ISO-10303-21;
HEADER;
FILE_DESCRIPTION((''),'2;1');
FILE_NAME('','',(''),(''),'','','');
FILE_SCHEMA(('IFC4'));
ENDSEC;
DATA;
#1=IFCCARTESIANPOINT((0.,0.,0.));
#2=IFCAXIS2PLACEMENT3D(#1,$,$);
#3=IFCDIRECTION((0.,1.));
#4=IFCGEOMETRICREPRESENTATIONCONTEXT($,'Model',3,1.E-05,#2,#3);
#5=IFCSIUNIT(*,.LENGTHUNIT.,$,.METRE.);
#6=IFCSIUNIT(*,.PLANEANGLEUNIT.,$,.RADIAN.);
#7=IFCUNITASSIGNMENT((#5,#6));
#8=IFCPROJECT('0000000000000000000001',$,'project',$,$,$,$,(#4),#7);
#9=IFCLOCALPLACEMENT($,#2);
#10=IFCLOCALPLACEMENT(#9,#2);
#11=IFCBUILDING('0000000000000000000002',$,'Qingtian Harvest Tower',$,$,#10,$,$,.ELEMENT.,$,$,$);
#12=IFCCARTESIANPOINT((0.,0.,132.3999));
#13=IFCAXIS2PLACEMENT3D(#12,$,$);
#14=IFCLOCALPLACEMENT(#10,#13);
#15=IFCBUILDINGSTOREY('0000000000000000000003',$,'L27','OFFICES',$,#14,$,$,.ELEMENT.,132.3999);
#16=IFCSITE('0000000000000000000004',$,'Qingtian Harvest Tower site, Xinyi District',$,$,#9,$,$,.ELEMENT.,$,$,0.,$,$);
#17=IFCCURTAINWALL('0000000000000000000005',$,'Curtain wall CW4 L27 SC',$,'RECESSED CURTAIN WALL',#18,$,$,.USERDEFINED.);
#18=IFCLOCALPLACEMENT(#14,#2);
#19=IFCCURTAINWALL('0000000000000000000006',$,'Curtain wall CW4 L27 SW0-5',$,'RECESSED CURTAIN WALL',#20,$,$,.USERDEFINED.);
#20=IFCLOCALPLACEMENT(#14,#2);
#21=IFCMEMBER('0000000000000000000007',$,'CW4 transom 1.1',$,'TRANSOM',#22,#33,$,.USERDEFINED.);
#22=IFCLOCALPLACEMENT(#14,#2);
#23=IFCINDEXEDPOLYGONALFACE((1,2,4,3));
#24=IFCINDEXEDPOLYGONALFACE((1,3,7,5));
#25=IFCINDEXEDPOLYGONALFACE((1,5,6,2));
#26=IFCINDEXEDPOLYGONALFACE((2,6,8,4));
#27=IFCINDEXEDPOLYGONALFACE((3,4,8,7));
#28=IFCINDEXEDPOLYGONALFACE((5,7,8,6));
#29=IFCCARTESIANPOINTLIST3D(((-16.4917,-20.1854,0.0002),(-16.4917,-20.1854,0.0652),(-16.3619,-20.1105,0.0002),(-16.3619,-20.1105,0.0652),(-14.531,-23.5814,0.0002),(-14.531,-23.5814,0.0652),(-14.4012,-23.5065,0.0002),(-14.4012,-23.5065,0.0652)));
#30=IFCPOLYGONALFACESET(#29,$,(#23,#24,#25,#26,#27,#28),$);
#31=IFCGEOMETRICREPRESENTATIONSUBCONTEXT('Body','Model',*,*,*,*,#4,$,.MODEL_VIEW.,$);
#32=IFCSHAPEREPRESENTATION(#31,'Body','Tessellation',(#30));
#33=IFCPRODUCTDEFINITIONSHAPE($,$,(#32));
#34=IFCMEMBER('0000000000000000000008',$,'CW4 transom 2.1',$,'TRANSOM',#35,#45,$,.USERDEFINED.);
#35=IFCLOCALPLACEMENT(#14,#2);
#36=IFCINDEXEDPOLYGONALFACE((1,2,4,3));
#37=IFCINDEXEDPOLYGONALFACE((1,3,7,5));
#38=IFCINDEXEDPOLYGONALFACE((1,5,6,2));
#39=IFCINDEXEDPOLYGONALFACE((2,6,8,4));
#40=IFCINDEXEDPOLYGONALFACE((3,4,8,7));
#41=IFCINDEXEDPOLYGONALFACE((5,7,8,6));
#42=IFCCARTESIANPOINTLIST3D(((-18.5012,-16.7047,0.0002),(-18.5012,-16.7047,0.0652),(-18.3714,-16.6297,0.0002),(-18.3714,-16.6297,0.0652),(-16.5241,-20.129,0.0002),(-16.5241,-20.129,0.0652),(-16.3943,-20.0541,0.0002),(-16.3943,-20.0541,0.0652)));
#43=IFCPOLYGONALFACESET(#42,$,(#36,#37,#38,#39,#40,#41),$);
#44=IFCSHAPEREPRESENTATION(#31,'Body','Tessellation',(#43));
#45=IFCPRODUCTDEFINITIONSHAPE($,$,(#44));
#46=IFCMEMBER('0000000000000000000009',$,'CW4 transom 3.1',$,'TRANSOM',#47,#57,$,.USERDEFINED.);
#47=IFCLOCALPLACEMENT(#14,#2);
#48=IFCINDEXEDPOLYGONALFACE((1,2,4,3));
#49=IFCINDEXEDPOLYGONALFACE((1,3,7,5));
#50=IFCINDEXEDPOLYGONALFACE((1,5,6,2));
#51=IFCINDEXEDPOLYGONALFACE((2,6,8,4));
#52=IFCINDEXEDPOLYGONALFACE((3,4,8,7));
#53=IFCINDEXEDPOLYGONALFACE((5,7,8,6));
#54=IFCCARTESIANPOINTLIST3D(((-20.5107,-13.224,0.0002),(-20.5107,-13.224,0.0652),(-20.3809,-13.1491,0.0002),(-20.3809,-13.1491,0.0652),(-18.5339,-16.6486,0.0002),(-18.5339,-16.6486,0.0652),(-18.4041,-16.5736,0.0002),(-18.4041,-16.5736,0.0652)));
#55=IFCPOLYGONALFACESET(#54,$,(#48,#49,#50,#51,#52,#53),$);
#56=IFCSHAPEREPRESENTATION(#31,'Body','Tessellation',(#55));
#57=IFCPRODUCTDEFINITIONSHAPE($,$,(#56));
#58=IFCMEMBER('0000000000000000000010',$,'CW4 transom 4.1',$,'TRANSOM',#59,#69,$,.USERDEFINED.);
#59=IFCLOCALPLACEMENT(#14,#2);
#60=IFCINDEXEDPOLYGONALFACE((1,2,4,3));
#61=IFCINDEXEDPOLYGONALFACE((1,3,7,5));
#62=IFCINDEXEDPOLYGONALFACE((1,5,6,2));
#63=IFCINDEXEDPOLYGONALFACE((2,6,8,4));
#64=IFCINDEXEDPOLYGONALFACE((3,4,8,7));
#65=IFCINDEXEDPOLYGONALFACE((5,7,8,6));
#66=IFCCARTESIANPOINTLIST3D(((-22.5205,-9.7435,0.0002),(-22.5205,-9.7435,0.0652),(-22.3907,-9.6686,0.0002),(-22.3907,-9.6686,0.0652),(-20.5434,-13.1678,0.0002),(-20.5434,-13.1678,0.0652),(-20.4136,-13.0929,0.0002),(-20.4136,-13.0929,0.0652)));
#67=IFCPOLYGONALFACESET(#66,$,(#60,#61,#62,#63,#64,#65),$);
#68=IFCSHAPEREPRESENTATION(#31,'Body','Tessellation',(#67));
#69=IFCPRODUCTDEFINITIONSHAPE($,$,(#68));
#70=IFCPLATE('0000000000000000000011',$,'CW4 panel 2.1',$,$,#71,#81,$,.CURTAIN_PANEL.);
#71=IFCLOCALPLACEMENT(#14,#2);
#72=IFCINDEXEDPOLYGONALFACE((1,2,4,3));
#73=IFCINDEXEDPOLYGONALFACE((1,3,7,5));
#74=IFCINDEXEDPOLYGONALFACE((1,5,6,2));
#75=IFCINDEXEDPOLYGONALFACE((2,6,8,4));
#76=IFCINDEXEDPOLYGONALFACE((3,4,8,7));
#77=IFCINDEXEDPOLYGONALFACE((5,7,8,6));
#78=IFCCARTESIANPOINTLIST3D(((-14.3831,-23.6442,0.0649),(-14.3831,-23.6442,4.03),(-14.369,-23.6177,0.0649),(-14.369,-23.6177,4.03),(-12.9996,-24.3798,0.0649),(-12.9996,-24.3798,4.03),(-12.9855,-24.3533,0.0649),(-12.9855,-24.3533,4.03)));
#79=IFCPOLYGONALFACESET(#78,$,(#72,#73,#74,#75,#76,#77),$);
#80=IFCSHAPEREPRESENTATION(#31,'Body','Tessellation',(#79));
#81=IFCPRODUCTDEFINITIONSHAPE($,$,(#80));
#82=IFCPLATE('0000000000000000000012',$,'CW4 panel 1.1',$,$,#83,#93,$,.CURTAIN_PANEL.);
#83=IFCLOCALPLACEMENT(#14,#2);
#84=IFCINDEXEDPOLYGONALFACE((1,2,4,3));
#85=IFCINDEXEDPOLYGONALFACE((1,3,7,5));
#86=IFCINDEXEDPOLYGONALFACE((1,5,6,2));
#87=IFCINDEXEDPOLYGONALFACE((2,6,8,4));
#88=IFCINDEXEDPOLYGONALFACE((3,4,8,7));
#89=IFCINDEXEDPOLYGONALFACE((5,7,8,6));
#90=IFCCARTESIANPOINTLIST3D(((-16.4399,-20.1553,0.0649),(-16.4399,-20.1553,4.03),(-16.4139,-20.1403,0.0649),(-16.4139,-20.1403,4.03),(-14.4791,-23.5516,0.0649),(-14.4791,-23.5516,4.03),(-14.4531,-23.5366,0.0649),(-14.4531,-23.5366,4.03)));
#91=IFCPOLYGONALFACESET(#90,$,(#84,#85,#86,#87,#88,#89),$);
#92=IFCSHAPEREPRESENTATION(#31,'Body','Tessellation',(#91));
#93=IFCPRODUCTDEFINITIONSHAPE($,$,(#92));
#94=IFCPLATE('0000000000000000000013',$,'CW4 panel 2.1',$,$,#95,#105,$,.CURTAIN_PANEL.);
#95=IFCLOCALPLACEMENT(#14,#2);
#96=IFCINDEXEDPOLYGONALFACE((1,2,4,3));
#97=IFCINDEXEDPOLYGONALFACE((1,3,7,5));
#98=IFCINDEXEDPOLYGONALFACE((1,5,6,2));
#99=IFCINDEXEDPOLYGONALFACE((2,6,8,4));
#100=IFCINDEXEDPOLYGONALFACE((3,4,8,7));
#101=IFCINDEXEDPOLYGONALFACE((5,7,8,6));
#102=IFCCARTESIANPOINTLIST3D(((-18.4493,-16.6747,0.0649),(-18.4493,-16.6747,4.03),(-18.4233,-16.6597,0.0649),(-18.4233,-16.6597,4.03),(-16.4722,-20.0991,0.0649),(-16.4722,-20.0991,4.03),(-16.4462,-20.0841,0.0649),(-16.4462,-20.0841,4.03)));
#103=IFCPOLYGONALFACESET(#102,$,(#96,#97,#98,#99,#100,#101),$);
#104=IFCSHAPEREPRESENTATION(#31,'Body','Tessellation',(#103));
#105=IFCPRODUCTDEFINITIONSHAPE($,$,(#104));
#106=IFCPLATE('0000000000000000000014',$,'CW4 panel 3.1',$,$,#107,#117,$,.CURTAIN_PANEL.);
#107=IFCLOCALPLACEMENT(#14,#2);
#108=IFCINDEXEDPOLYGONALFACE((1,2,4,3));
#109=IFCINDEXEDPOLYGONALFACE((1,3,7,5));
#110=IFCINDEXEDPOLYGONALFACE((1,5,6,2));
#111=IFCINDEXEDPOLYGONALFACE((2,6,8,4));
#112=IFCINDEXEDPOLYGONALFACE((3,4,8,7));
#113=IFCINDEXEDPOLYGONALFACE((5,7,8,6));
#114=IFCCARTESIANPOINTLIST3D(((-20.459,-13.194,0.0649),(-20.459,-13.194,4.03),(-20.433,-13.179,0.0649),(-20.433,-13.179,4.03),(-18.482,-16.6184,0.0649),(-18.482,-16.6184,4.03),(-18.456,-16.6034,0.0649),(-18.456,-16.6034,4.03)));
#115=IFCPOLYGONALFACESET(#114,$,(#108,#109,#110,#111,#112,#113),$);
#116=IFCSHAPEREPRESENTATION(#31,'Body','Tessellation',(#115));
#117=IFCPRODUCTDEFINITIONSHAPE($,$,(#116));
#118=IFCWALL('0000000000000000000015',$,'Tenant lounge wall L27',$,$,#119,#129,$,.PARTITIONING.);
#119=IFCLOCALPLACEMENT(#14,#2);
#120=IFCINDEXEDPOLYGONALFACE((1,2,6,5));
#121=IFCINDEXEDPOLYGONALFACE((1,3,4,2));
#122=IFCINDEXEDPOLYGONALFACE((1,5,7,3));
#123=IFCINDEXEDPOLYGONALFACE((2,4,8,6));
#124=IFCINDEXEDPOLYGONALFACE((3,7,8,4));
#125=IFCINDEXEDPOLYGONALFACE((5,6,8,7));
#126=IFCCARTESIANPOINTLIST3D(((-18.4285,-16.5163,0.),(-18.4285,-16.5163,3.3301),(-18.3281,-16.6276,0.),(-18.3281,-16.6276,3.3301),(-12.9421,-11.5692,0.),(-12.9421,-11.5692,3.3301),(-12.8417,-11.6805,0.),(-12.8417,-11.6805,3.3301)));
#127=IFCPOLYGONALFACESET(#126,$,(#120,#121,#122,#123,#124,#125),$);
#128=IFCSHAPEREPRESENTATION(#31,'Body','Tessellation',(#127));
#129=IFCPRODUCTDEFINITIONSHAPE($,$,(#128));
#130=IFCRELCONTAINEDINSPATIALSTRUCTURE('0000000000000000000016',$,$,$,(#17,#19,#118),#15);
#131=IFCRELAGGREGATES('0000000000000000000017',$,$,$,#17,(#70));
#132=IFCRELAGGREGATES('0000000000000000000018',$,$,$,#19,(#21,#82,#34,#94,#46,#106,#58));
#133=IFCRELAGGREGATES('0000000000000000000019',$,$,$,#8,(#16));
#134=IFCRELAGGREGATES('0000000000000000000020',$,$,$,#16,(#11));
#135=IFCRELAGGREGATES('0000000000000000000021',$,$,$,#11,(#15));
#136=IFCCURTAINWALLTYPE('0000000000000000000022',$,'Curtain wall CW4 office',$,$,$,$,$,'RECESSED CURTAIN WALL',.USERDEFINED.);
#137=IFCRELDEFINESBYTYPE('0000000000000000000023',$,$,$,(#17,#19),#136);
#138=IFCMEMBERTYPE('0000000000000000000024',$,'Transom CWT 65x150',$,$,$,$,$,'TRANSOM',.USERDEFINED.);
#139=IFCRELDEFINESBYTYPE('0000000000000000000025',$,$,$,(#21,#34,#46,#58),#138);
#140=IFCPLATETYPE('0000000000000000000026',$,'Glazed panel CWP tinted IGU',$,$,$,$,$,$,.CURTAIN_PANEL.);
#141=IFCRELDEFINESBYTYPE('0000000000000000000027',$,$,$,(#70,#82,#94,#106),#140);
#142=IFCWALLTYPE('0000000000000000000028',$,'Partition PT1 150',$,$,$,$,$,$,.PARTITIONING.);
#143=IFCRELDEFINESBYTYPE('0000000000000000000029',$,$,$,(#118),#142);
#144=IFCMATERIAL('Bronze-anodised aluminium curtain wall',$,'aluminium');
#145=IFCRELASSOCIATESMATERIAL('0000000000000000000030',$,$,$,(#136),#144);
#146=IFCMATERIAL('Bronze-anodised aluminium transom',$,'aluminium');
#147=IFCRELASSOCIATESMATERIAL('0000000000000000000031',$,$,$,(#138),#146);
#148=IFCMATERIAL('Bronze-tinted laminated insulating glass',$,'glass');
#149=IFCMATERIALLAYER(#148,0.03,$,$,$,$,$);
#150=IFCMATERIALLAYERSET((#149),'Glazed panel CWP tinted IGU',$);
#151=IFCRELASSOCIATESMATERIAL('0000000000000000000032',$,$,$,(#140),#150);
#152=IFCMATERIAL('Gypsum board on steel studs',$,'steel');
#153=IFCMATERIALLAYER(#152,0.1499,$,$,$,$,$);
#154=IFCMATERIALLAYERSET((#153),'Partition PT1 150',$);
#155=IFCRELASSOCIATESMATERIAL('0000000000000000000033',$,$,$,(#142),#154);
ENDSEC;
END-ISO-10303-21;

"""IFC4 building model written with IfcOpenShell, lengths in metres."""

from ifc_helpers import new_model, si_unit, direction, frame, frame_2d, origin, origin_2d, place, context, subcontext, project, spatial, rectangle, extrude, material, layer, layer_set, material_profile, profile_set, type_object, element, aggregate, save


model = new_model("IFC4")

# Units and contexts
model_context = context("Model", 3, precision=1e-05, world=origin(), true_north=direction((0.0, 1.0)))
body_context = subcontext(model_context, "Body", "Model", "MODEL_VIEW")
ifc_project = project(units=[si_unit("LENGTHUNIT", "METRE"), si_unit("PLANEANGLEUNIT", "RADIAN")], contexts=[model_context])

# Site, building, storey
site_placement = place(None, origin())
site = spatial("IfcSite", under=ifc_project, at=site_placement, Name="Qingtian Harvest Tower site, Xinyi District", CompositionType="ELEMENT", RefElevation=0.0)
building_placement = place(site_placement, origin())
building = spatial("IfcBuilding", under=site, at=building_placement, Name="Qingtian Harvest Tower", CompositionType="ELEMENT")
storey_placement = place(building_placement, frame((0.0, 0.0, 132.3999)))
storey = spatial("IfcBuildingStorey", under=building, at=storey_placement, Name="L27", Description="OFFICES", CompositionType="ELEMENT", Elevation=132.3999)

# Curtain wall
ifc_material_1 = material(Name="Bronze-anodised aluminium curtain wall", Category="aluminium")
curtain_wall_type = type_object("IfcCurtainWallType", Name="Curtain wall CW4 office", ElementType="RECESSED CURTAIN WALL", PredefinedType="USERDEFINED", material=ifc_material_1)
curtain_wall_1_placement = place(storey_placement, origin())
curtain_wall_1 = element("IfcCurtainWall", 1, at=curtain_wall_1_placement, inside=storey, type_object=curtain_wall_type, Name="Curtain wall CW4 L27 SC", ObjectType="RECESSED CURTAIN WALL", PredefinedType="USERDEFINED")

# Curtain wall
curtain_wall_2_placement = place(storey_placement, origin())
curtain_wall_2 = element("IfcCurtainWall", 2, at=curtain_wall_2_placement, inside=storey, type_object=curtain_wall_type, Name="Curtain wall CW4 L27 SW0-5", ObjectType="RECESSED CURTAIN WALL", PredefinedType="USERDEFINED")

# Members
ifc_material_2 = material(Name="Bronze-anodised aluminium transom", Category="aluminium")
ifc_material_profile_1 = material_profile(ifc_material_2, rectangle(XDim=0.1499, YDim=0.0649, at=origin_2d()), Name="AL 65x150")
ifc_profile_set_1 = profile_set([ifc_material_profile_1], Name="Bronze-anodised aluminium transom")
member_type_1 = type_object("IfcMemberType", Name="Transom CWT 65x150", ElementType="TRANSOM", PredefinedType="USERDEFINED", material=ifc_profile_set_1)
member_1_placement = place(storey_placement, frame((-14.4661, -23.5439, 0.0327), z_axis=(-0.500003, 0.866024, 0.0), x_axis=(-0.866024, -0.500003, 0.0)))
member_1 = element("IfcMember", 3, at=member_1_placement, type_object=member_type_1, Name="CW4 transom 1.1", ObjectType="TRANSOM", PredefinedType="USERDEFINED", context=body_context, shape_type="SweptSolid", body=[
    extrude(rectangle(XDim=0.1499, YDim=0.0649, at=origin_2d()), origin(), (0.0, 0.0, 1.0), 3.9214),
])
member_2_placement = place(storey_placement, frame((-16.4592, -20.0916, 0.0327), z_axis=(-0.500004, 0.866023, 0.0), x_axis=(-0.866023, -0.500004, 0.0)))
member_2 = element("IfcMember", 4, at=member_2_placement, type_object=member_type_1, Name="CW4 transom 2.1", ObjectType="TRANSOM", PredefinedType="USERDEFINED", context=body_context, shape_type="SweptSolid", body=[
    extrude(rectangle(XDim=0.1499, YDim=0.0649, at=origin_2d()), origin(), (0.0, 0.0, 1.0), 3.9541),
])
member_3_placement = place(storey_placement, frame((-18.469, -16.6111, 0.0327), z_axis=(-0.499931, 0.866065, 0.0), x_axis=(-0.866065, -0.499931, 0.0)))
member_3 = element("IfcMember", 5, at=member_3_placement, type_object=member_type_1, Name="CW4 transom 3.1", ObjectType="TRANSOM", PredefinedType="USERDEFINED", context=body_context, shape_type="SweptSolid", body=[
    extrude(rectangle(XDim=0.1499, YDim=0.0649, at=origin_2d()), origin(), (0.0, 0.0, 1.0), 3.9541),
])
member_4_placement = place(storey_placement, frame((-20.4785, -13.1304, 0.0327), z_axis=(-0.500004, 0.866023, 0.0), x_axis=(-0.866023, -0.500004, 0.0)))
member_4 = element("IfcMember", 6, at=member_4_placement, type_object=member_type_1, Name="CW4 transom 4.1", ObjectType="TRANSOM", PredefinedType="USERDEFINED", context=body_context, shape_type="SweptSolid", body=[
    extrude(rectangle(XDim=0.1499, YDim=0.0649, at=origin_2d()), origin(), (0.0, 0.0, 1.0), 3.9541),
])

# Plates
ifc_material_3 = material(Name="Bronze-tinted laminated insulating glass", Category="glass")
ifc_layer_1 = layer(ifc_material_3, 0.03)
ifc_layer_set_1 = layer_set([ifc_layer_1], Name="Glazed panel CWP tinted IGU")
plate_type = type_object("IfcPlateType", Name="Glazed panel CWP tinted IGU", PredefinedType="CURTAIN_PANEL", material=ifc_layer_set_1)
plate_1_placement = place(storey_placement, frame((-13.6843, -23.9988, 0.0649), z_axis=(0.0, 0.0, 1.0), x_axis=(-0.882948, 0.469472, 0.0)))
plate_1 = element("IfcPlate", 7, at=plate_1_placement, type_object=plate_type, Name="CW4 panel 2.1", PredefinedType="CURTAIN_PANEL", context=body_context, shape_type="SweptSolid", body=[
    extrude(rectangle(XDim=1.5669, YDim=0.03, at=origin_2d()), origin(), (0.0, 0.0, 1.0), 3.9651),
])
aggregate(curtain_wall_1, [plate_1])
plate_2_placement = place(storey_placement, frame((-15.4465, -21.8459, 0.0649), z_axis=(0.0, 0.0, 1.0), x_axis=(-0.5, 0.866025, 0.0)))
plate_2 = element("IfcPlate", 8, at=plate_2_placement, type_object=plate_type, Name="CW4 panel 1.1", PredefinedType="CURTAIN_PANEL", context=body_context, shape_type="SweptSolid", body=[
    extrude(rectangle(XDim=3.9216, YDim=0.03, at=origin_2d()), origin(), (0.0, 0.0, 1.0), 3.9651),
])
plate_3_placement = place(storey_placement, frame((-17.4478, -18.3794, 0.0649), z_axis=(0.0, 0.0, 1.0), x_axis=(-0.5, 0.866025, 0.0)))
plate_3 = element("IfcPlate", 9, at=plate_3_placement, type_object=plate_type, Name="CW4 panel 2.1", PredefinedType="CURTAIN_PANEL", context=body_context, shape_type="SweptSolid", body=[
    extrude(rectangle(XDim=3.9541, YDim=0.03, at=origin_2d()), origin(), (0.0, 0.0, 1.0), 3.9651),
])
plate_4_placement = place(storey_placement, frame((-19.4575, -14.8987, 0.0649), z_axis=(0.0, 0.0, 1.0), x_axis=(-0.5, 0.866025, 0.0)))
plate_4 = element("IfcPlate", 10, at=plate_4_placement, type_object=plate_type, Name="CW4 panel 3.1", PredefinedType="CURTAIN_PANEL", context=body_context, shape_type="SweptSolid", body=[
    extrude(rectangle(XDim=3.9541, YDim=0.03, at=origin_2d()), origin(), (0.0, 0.0, 1.0), 3.9651),
])
aggregate(curtain_wall_2, [member_1, plate_2, member_2, plate_3, member_3, plate_4, member_4])

# Wall
ifc_material_4 = material(Name="Gypsum board on steel studs", Category="steel")
ifc_layer_2 = layer(ifc_material_4, 0.1499)
ifc_layer_set_2 = layer_set([ifc_layer_2], Name="Partition PT1 150")
wall_type = type_object("IfcWallType", Name="Partition PT1 150", PredefinedType="PARTITIONING", material=ifc_layer_set_2)
wall_placement = place(storey_placement, frame((-18.3784, -16.572, 0.0), z_axis=(0.0, 0.0, 1.0), x_axis=(0.742666, 0.669662, 0.0)))
element("IfcWall", 11, at=wall_placement, inside=storey, type_object=wall_type, Name="Tenant lounge wall L27", PredefinedType="PARTITIONING", context=body_context, shape_type="SweptSolid", body=[
    extrude(rectangle(XDim=7.3875, YDim=0.1499, at=frame_2d((3.6938, 0.0))), origin(), (0.0, 0.0, 1.0), 3.3301),
])

save(model, "model.ifc")
